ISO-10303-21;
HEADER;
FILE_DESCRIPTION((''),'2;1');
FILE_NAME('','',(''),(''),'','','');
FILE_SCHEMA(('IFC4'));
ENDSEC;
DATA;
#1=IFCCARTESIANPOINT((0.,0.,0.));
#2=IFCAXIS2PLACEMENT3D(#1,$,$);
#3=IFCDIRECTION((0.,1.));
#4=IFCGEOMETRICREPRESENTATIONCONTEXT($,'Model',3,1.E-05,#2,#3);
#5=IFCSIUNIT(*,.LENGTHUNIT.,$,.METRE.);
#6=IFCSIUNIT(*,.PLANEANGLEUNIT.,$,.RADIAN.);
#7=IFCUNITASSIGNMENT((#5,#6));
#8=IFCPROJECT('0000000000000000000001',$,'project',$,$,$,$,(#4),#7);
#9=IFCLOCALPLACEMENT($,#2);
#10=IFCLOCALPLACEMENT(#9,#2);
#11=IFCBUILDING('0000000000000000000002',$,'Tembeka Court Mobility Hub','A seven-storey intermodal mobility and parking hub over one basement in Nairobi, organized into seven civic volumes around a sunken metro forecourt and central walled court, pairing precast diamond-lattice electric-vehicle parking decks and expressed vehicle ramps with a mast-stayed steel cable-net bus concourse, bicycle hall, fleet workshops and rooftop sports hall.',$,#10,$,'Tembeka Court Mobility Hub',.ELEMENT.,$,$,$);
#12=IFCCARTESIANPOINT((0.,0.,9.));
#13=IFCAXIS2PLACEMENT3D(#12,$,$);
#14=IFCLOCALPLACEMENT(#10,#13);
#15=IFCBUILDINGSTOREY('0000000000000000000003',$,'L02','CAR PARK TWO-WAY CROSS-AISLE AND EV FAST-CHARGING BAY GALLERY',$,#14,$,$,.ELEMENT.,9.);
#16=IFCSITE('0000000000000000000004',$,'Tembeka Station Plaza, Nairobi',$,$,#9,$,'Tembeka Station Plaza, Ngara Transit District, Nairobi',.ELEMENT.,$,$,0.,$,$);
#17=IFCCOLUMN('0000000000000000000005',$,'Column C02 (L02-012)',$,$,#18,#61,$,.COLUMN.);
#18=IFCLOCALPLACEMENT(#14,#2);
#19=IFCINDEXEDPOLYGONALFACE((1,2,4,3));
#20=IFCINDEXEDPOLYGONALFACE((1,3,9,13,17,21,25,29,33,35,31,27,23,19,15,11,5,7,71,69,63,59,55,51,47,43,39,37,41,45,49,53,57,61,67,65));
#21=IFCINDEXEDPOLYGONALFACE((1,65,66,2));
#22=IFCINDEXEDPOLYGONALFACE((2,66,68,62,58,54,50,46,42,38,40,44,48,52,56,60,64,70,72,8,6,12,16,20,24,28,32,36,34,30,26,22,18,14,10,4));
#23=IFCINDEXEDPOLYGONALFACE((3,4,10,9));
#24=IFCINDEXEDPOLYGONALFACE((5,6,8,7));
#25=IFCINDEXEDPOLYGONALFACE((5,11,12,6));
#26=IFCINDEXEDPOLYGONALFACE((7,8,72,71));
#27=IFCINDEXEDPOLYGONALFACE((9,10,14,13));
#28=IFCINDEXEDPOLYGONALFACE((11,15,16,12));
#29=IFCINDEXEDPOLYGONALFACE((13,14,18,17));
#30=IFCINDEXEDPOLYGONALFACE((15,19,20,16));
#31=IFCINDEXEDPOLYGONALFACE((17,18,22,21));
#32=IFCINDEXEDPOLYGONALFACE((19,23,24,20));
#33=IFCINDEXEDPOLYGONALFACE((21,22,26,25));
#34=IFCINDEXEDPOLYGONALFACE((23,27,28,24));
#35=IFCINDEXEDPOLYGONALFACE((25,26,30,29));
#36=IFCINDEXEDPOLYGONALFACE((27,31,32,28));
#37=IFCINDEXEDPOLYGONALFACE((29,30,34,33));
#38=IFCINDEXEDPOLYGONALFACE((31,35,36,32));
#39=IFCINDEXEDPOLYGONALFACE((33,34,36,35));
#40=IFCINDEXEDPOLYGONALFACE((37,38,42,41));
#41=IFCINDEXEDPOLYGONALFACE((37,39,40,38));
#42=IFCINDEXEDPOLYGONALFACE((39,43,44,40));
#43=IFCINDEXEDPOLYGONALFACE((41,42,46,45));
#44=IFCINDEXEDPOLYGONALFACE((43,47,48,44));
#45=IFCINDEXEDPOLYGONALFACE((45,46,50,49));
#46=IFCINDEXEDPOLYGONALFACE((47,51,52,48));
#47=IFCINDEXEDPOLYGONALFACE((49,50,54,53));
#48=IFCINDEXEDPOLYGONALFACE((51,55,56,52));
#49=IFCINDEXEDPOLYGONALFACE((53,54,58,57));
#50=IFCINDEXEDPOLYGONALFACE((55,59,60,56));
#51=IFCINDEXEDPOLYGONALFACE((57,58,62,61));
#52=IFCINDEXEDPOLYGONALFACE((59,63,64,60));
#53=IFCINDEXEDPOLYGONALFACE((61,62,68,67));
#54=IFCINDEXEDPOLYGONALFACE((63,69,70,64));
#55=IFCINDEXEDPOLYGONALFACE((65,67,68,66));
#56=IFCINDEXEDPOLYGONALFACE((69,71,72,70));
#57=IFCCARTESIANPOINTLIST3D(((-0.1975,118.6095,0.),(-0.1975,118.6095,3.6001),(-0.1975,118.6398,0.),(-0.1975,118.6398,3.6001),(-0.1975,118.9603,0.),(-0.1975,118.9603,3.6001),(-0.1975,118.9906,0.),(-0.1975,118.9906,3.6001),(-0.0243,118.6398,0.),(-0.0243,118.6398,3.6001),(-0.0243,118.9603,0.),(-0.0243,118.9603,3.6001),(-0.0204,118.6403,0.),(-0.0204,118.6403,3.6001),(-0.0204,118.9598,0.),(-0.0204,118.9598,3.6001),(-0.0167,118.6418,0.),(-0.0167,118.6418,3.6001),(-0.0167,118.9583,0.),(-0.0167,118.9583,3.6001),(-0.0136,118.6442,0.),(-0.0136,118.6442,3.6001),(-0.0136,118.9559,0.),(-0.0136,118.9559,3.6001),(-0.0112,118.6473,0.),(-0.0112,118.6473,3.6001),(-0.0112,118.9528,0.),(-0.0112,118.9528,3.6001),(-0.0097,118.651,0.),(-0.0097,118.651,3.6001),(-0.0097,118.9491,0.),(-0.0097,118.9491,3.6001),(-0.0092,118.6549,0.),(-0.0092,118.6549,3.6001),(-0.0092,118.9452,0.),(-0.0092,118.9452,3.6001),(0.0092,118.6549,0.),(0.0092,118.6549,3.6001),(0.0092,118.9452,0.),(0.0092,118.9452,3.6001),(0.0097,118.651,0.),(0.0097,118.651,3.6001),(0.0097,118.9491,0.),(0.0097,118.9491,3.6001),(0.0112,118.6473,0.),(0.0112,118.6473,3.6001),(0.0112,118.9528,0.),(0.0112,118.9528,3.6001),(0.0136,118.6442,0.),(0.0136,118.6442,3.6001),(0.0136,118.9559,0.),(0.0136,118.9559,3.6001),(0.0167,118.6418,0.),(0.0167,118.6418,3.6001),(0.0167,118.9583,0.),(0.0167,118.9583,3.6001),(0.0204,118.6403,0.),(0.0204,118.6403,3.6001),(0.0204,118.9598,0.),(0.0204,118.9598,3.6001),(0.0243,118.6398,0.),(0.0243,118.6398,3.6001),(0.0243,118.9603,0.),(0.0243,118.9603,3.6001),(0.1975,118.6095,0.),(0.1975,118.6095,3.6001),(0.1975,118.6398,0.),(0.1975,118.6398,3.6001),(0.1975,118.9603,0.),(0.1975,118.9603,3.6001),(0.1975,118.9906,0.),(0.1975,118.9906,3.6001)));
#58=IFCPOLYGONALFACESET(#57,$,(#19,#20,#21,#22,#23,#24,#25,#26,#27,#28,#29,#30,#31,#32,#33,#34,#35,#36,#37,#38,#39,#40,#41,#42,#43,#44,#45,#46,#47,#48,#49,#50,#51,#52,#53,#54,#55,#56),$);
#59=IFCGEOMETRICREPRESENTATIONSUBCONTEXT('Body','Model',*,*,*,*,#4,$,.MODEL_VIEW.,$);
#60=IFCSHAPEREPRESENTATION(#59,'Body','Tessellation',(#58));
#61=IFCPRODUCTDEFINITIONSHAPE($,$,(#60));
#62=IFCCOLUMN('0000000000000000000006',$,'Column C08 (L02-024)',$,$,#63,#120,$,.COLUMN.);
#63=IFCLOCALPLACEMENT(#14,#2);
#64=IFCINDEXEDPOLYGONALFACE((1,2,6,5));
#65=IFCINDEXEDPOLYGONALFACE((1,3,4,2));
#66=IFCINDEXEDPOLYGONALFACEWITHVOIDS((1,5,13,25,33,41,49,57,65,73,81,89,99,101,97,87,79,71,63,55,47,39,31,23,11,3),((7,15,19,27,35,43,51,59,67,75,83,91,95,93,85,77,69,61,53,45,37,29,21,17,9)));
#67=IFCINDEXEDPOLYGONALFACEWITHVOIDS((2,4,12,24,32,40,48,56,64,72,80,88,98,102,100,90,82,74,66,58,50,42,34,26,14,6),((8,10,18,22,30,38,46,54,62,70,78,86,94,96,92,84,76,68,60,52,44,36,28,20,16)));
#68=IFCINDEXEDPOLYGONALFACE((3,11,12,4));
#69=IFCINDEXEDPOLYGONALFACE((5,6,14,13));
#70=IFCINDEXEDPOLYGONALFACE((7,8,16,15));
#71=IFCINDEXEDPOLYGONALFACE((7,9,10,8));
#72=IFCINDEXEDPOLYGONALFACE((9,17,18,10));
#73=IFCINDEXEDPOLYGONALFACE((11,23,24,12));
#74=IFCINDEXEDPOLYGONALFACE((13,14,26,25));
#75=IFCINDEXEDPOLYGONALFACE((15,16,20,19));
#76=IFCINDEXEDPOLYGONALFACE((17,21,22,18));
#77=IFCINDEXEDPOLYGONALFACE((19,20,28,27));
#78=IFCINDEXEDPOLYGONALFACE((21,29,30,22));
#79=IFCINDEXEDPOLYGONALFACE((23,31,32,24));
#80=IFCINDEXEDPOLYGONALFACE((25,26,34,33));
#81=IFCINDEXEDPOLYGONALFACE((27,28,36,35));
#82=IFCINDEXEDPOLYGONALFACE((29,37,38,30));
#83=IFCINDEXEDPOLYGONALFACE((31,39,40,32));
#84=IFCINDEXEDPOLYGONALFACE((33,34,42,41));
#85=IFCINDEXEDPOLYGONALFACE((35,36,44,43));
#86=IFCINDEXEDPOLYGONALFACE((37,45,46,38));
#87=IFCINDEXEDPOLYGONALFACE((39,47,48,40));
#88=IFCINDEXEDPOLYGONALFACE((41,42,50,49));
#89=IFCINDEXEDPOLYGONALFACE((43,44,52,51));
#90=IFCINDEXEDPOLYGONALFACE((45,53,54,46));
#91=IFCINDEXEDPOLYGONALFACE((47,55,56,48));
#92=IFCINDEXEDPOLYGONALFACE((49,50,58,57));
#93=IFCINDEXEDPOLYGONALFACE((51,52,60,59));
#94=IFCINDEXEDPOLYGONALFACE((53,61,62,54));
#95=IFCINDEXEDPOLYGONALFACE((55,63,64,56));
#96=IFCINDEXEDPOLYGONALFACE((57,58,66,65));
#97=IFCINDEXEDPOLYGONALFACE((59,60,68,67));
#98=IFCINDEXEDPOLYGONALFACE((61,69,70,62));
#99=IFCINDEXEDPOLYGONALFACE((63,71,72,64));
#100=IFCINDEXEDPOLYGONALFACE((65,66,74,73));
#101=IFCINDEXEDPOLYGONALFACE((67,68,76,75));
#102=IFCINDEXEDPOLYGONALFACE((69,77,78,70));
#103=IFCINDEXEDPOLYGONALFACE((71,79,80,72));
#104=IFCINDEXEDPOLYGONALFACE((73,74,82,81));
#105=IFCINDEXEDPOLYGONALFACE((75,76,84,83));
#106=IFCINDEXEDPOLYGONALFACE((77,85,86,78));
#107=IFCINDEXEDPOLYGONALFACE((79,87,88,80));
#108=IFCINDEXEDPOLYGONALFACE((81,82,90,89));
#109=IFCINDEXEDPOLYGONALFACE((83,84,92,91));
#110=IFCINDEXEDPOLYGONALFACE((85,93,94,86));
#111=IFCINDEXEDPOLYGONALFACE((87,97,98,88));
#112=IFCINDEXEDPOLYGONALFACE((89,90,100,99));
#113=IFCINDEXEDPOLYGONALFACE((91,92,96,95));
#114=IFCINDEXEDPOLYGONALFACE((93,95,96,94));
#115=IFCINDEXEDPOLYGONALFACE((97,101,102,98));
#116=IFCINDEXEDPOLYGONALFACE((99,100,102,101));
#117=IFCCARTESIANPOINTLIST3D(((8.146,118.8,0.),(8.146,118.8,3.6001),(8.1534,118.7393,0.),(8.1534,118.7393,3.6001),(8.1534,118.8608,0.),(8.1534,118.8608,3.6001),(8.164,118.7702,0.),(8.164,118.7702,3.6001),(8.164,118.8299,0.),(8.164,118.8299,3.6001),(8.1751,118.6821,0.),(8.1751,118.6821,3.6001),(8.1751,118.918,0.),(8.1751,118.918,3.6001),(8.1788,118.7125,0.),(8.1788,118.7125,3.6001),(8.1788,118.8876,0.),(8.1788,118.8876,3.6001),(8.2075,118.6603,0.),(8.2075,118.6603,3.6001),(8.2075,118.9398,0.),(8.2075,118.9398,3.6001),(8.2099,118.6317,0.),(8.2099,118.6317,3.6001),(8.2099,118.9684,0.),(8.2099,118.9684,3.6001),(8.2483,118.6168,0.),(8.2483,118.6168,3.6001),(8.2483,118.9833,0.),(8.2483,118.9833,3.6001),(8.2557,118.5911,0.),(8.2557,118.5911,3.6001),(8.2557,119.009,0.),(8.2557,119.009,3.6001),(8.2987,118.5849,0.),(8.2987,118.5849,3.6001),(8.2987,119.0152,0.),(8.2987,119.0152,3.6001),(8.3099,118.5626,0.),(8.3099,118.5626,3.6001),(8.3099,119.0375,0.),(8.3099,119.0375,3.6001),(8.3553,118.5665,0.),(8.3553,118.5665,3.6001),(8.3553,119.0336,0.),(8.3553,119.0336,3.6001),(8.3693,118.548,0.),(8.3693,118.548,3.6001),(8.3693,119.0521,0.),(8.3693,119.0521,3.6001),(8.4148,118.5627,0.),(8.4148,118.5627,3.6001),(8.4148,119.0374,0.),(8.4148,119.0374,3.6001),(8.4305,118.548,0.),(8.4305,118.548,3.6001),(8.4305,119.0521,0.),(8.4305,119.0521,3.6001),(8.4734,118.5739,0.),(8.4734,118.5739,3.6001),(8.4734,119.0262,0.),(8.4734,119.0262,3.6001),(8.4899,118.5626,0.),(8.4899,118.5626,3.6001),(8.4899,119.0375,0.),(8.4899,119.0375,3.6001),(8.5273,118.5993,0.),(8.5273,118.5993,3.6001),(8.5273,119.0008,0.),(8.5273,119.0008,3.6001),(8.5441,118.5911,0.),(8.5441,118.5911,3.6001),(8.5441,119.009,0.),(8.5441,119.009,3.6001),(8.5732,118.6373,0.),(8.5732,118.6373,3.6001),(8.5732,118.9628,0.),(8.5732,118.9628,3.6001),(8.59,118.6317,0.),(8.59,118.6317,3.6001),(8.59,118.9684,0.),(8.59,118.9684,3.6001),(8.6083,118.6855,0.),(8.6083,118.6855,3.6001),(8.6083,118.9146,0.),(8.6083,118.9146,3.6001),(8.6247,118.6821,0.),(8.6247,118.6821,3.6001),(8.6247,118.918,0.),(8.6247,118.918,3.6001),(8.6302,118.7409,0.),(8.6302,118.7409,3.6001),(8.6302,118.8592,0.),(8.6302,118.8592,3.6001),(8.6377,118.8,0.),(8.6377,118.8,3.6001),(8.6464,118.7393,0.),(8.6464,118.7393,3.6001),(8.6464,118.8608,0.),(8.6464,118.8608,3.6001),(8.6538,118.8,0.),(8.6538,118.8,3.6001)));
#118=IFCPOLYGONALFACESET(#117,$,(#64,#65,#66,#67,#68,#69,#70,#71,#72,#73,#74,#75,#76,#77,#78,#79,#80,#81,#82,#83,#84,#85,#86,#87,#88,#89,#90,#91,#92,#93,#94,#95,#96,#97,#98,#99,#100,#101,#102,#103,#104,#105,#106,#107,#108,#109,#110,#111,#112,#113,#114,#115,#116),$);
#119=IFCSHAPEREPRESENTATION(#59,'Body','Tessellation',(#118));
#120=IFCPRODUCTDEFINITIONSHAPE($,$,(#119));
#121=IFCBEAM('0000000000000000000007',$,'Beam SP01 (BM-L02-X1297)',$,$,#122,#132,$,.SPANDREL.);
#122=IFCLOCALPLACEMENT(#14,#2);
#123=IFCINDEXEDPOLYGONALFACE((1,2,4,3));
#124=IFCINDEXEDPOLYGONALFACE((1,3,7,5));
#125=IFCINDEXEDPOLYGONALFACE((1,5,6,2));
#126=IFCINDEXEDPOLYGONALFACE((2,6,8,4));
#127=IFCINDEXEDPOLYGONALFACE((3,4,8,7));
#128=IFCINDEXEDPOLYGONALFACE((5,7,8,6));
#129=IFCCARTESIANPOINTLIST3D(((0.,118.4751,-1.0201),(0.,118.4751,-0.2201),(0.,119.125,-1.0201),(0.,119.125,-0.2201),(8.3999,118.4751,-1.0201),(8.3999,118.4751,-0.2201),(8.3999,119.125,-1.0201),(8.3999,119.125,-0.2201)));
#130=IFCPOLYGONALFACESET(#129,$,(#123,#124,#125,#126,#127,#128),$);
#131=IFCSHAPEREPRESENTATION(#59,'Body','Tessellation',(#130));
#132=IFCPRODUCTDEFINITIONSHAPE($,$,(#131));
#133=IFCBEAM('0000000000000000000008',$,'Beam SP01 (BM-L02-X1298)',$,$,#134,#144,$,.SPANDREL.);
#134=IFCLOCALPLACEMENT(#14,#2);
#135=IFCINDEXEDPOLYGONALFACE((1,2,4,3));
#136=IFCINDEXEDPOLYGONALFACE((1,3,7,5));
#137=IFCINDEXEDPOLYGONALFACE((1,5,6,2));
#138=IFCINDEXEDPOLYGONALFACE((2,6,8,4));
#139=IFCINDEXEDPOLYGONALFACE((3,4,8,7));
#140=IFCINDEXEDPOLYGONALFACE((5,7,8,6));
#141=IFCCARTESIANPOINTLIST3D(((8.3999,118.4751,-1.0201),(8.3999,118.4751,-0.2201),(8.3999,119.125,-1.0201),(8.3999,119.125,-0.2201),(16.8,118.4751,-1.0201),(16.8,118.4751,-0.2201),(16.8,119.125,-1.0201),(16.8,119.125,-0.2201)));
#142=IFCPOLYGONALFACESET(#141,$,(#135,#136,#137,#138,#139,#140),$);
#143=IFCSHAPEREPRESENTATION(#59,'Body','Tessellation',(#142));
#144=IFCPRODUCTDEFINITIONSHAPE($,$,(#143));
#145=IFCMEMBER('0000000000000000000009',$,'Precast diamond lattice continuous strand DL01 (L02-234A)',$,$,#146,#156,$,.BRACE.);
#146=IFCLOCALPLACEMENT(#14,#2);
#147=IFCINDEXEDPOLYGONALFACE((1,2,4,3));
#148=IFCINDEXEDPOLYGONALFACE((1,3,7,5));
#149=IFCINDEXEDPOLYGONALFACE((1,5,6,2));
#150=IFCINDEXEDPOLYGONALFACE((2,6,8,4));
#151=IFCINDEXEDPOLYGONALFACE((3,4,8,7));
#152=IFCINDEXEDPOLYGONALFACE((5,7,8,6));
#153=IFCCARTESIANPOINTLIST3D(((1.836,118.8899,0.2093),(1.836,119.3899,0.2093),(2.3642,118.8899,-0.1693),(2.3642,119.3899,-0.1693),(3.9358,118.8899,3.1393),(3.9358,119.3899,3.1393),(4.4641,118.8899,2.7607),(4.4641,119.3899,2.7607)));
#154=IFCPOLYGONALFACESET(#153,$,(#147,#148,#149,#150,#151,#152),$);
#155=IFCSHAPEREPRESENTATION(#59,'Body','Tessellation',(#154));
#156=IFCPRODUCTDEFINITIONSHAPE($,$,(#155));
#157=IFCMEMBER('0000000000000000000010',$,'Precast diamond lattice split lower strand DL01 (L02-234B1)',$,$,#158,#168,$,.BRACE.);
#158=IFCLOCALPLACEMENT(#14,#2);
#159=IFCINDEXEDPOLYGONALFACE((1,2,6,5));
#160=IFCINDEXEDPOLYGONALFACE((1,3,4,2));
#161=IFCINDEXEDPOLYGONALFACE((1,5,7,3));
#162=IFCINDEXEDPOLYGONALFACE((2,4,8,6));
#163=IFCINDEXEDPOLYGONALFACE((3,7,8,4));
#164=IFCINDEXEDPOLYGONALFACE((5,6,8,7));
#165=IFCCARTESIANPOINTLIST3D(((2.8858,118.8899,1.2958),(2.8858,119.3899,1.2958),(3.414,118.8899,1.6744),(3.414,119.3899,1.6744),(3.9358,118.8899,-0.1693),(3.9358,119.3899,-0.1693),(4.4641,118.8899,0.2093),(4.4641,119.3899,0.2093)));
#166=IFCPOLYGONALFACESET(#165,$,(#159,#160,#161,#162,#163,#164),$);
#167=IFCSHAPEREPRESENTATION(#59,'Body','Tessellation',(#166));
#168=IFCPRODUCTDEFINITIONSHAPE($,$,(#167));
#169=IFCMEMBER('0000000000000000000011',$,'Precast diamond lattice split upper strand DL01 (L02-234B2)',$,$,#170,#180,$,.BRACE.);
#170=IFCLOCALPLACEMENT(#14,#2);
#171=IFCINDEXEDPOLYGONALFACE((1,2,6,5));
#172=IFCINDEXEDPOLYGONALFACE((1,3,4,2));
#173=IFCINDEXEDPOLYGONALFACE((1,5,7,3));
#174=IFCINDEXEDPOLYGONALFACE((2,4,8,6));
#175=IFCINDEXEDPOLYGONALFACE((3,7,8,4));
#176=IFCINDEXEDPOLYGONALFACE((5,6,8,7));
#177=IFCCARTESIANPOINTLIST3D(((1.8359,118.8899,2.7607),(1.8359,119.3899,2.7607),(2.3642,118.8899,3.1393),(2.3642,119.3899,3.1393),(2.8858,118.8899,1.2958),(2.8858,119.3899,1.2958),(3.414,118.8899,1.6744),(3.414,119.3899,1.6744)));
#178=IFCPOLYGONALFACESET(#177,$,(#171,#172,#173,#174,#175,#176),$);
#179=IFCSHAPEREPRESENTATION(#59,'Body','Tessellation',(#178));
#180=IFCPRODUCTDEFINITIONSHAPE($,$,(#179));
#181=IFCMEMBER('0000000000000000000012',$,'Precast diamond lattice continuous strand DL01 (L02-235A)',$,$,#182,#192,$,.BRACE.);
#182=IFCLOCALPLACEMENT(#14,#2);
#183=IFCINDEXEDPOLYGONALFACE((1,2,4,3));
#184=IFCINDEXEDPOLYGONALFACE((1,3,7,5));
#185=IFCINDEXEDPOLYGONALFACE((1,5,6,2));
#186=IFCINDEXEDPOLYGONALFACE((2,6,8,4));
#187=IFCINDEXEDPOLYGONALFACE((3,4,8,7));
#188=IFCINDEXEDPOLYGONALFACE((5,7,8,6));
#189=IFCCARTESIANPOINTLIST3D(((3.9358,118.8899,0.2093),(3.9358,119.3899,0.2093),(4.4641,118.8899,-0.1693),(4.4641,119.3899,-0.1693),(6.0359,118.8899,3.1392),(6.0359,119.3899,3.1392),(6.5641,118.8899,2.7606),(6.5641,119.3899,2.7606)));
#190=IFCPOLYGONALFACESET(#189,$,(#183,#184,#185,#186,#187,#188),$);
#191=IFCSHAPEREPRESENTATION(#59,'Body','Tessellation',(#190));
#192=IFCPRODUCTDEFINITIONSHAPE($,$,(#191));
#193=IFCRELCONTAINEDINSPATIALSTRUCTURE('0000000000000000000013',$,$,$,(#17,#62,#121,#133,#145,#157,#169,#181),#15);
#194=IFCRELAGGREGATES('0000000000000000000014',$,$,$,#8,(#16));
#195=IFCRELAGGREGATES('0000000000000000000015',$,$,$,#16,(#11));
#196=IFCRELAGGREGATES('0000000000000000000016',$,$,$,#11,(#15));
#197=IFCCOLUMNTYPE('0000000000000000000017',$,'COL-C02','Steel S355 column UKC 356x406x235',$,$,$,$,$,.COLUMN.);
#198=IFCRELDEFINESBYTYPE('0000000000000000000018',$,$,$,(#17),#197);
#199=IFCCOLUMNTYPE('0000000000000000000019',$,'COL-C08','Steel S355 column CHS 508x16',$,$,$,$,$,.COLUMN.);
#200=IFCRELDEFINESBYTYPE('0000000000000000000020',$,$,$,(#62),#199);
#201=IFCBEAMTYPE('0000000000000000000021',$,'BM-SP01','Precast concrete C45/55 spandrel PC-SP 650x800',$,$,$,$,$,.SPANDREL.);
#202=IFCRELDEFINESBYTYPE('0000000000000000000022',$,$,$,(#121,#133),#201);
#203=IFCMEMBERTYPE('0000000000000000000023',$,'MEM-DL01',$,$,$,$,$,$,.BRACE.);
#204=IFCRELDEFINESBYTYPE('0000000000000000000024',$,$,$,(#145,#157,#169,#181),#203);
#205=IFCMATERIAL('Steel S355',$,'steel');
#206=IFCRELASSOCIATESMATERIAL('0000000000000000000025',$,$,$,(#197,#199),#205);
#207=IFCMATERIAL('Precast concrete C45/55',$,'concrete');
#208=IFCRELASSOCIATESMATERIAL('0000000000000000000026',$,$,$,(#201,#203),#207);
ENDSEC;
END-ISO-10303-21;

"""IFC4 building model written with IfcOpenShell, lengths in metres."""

from ifc_helpers import new_model, si_unit, direction, frame, origin, origin_2d, place, context, subcontext, project, spatial, rectangle, hollow_circle, i_section, extrude, material, material_profile, profile_set, type_object, element, save


model = new_model("IFC4")

# Units and contexts
model_context = context("Model", 3, precision=1e-05, world=origin(), true_north=direction((0.0, 1.0)))
body_context = subcontext(model_context, "Body", "Model", "MODEL_VIEW")
ifc_project = project(units=[si_unit("LENGTHUNIT", "METRE"), si_unit("PLANEANGLEUNIT", "RADIAN")], contexts=[model_context])

# Site, building, storey
site_placement = place(None, origin())
site = spatial("IfcSite", under=ifc_project, at=site_placement, Name="Tembeka Station Plaza, Nairobi", LongName="Tembeka Station Plaza, Ngara Transit District, Nairobi", CompositionType="ELEMENT", RefElevation=0.0)
building_placement = place(site_placement, origin())
building = spatial("IfcBuilding", under=site, at=building_placement, Name="Tembeka Court Mobility Hub", Description="A seven-storey intermodal mobility and parking hub over one basement in Nairobi, organized into seven civic volumes around a sunken metro forecourt and central walled court, pairing precast diamond-lattice electric-vehicle parking decks and expressed vehicle ramps with a mast-stayed steel cable-net bus concourse, bicycle hall, fleet workshops and rooftop sports hall.", LongName="Tembeka Court Mobility Hub", CompositionType="ELEMENT")
storey_placement = place(building_placement, frame((0.0, 0.0, 9.0)))
storey = spatial("IfcBuildingStorey", under=building, at=storey_placement, Name="L02", Description="CAR PARK TWO-WAY CROSS-AISLE AND EV FAST-CHARGING BAY GALLERY", CompositionType="ELEMENT", Elevation=9.0)

# Columns
ifc_material_1 = material(Name="Steel S355", Category="steel")
ifc_material_profile_1 = material_profile(ifc_material_1, i_section(OverallWidth=0.395, OverallDepth=0.3811, WebThickness=0.0183, FlangeThickness=0.0303, FilletRadius=0.0151, at=origin_2d()), Name="UKC 356x406x235")
ifc_profile_set_1 = profile_set([ifc_material_profile_1], Name="Steel S355")
column_type_1 = type_object("IfcColumnType", Name="COL-C02", Description="Steel S355 column UKC 356x406x235", PredefinedType="COLUMN", material=ifc_profile_set_1)
column_1_placement = place(storey_placement, frame((0.0, 118.8, 0.0), z_axis=(0.0, 0.0, 1.0), x_axis=(1.0, 0.0, 0.0)))
element("IfcColumn", 1, at=column_1_placement, inside=storey, type_object=column_type_1, Name="Column C02 (L02-012)", PredefinedType="COLUMN", context=body_context, shape_type="SweptSolid", body=[
    extrude(i_section(OverallWidth=0.395, OverallDepth=0.3811, WebThickness=0.0183, FlangeThickness=0.0303, FilletRadius=0.0151, at=origin_2d()), origin(), (0.0, 0.0, 1.0), 3.6001),
])
ifc_material_profile_2 = material_profile(ifc_material_1, hollow_circle(Radius=0.2539, WallThickness=0.0161, at=origin_2d()), Name="CHS 508x16")
ifc_profile_set_2 = profile_set([ifc_material_profile_2], Name="Steel S355")
column_type_2 = type_object("IfcColumnType", Name="COL-C08", Description="Steel S355 column CHS 508x16", PredefinedType="COLUMN", material=ifc_profile_set_2)
column_2_placement = place(storey_placement, frame((8.3999, 118.8, 0.0), z_axis=(0.0, 0.0, 1.0), x_axis=(1.0, 0.0, 0.0)))
element("IfcColumn", 2, at=column_2_placement, inside=storey, type_object=column_type_2, Name="Column C08 (L02-024)", PredefinedType="COLUMN", context=body_context, shape_type="SweptSolid", body=[
    extrude(hollow_circle(Radius=0.2539, WallThickness=0.0161, at=origin_2d()), origin(), (0.0, 0.0, 1.0), 3.6001),
])

# Beams
ifc_material_2 = material(Name="Precast concrete C45/55", Category="concrete")
ifc_material_profile_3 = material_profile(ifc_material_2, rectangle(XDim=0.6499, YDim=0.8, at=origin_2d()), Name="PC-SP 650x800")
ifc_profile_set_3 = profile_set([ifc_material_profile_3], Name="Precast concrete C45/55")
beam_type = type_object("IfcBeamType", Name="BM-SP01", Description="Precast concrete C45/55 spandrel PC-SP 650x800", PredefinedType="SPANDREL", material=ifc_profile_set_3)
beam_1_placement = place(storey_placement, frame((0.0, 118.8, -0.6201), z_axis=(1.0, 0.0, 0.0), x_axis=(0.0, 1.0, 0.0)))
element("IfcBeam", 3, at=beam_1_placement, inside=storey, type_object=beam_type, Name="Beam SP01 (BM-L02-X1297)", PredefinedType="SPANDREL", context=body_context, shape_type="SweptSolid", body=[
    extrude(rectangle(XDim=0.6499, YDim=0.8, at=origin_2d()), origin(), (0.0, 0.0, 1.0), 8.3999),
])
beam_2_placement = place(storey_placement, frame((8.3999, 118.8, -0.6201), z_axis=(1.0, 0.0, 0.0), x_axis=(0.0, 1.0, 0.0)))
element("IfcBeam", 4, at=beam_2_placement, inside=storey, type_object=beam_type, Name="Beam SP01 (BM-L02-X1298)", PredefinedType="SPANDREL", context=body_context, shape_type="SweptSolid", body=[
    extrude(rectangle(XDim=0.6499, YDim=0.8, at=origin_2d()), origin(), (0.0, 0.0, 1.0), 8.4001),
])

# Members
ifc_material_profile_4 = material_profile(ifc_material_2, rectangle(XDim=0.5, YDim=0.6499, at=origin_2d()), Name="PC-DIAG 500x650")
ifc_profile_set_4 = profile_set([ifc_material_profile_4], Name="Precast concrete C45/55")
member_type_1 = type_object("IfcMemberType", Name="MEM-DL01", PredefinedType="BRACE", material=ifc_profile_set_4)
member_1_placement = place(storey_placement, frame((2.1001, 119.1399, 0.02), z_axis=(0.582532, 0.0, 0.812808), x_axis=(0.0, 1.0, 0.0)))
element("IfcMember", 5, at=member_1_placement, inside=storey, type_object=member_type_1, Name="Precast diamond lattice continuous strand DL01 (L02-234A)", PredefinedType="BRACE", context=body_context, shape_type="SweptSolid", body=[
    extrude(rectangle(XDim=0.5, YDim=0.6499, at=origin_2d()), origin(), (0.0, 0.0, 1.0), 3.6047),
])
member_2_placement = place(storey_placement, frame((4.2, 119.1399, 0.02), z_axis=(-0.582544, 0.0, 0.812799), x_axis=(0.0, -1.0, 0.0)))
element("IfcMember", 6, at=member_2_placement, inside=storey, type_object=member_type_1, Name="Precast diamond lattice split lower strand DL01 (L02-234B1)", PredefinedType="BRACE", context=body_context, shape_type="SweptSolid", body=[
    extrude(rectangle(XDim=0.5, YDim=0.6499, at=origin_2d()), origin(), (0.0, 0.0, 1.0), 1.8025),
])
member_3_placement = place(storey_placement, frame((3.1499, 119.1399, 1.4851), z_axis=(-0.582519, 0.0, 0.812817), x_axis=(0.0, -1.0, 0.0)))
element("IfcMember", 7, at=member_3_placement, inside=storey, type_object=member_type_1, Name="Precast diamond lattice split upper strand DL01 (L02-234B2)", PredefinedType="BRACE", context=body_context, shape_type="SweptSolid", body=[
    extrude(rectangle(XDim=0.5, YDim=0.6499, at=origin_2d()), origin(), (0.0, 0.0, 1.0), 1.8022),
])
member_4_placement = place(storey_placement, frame((4.2, 119.1399, 0.02), z_axis=(0.582576, 0.0, 0.812776), x_axis=(0.0, 1.0, 0.0)))
element("IfcMember", 8, at=member_4_placement, inside=storey, type_object=member_type_1, Name="Precast diamond lattice continuous strand DL01 (L02-235A)", PredefinedType="BRACE", context=body_context, shape_type="SweptSolid", body=[
    extrude(rectangle(XDim=0.5, YDim=0.6499, at=origin_2d()), origin(), (0.0, 0.0, 1.0), 3.6047),
])

save(model, "model.ifc")
